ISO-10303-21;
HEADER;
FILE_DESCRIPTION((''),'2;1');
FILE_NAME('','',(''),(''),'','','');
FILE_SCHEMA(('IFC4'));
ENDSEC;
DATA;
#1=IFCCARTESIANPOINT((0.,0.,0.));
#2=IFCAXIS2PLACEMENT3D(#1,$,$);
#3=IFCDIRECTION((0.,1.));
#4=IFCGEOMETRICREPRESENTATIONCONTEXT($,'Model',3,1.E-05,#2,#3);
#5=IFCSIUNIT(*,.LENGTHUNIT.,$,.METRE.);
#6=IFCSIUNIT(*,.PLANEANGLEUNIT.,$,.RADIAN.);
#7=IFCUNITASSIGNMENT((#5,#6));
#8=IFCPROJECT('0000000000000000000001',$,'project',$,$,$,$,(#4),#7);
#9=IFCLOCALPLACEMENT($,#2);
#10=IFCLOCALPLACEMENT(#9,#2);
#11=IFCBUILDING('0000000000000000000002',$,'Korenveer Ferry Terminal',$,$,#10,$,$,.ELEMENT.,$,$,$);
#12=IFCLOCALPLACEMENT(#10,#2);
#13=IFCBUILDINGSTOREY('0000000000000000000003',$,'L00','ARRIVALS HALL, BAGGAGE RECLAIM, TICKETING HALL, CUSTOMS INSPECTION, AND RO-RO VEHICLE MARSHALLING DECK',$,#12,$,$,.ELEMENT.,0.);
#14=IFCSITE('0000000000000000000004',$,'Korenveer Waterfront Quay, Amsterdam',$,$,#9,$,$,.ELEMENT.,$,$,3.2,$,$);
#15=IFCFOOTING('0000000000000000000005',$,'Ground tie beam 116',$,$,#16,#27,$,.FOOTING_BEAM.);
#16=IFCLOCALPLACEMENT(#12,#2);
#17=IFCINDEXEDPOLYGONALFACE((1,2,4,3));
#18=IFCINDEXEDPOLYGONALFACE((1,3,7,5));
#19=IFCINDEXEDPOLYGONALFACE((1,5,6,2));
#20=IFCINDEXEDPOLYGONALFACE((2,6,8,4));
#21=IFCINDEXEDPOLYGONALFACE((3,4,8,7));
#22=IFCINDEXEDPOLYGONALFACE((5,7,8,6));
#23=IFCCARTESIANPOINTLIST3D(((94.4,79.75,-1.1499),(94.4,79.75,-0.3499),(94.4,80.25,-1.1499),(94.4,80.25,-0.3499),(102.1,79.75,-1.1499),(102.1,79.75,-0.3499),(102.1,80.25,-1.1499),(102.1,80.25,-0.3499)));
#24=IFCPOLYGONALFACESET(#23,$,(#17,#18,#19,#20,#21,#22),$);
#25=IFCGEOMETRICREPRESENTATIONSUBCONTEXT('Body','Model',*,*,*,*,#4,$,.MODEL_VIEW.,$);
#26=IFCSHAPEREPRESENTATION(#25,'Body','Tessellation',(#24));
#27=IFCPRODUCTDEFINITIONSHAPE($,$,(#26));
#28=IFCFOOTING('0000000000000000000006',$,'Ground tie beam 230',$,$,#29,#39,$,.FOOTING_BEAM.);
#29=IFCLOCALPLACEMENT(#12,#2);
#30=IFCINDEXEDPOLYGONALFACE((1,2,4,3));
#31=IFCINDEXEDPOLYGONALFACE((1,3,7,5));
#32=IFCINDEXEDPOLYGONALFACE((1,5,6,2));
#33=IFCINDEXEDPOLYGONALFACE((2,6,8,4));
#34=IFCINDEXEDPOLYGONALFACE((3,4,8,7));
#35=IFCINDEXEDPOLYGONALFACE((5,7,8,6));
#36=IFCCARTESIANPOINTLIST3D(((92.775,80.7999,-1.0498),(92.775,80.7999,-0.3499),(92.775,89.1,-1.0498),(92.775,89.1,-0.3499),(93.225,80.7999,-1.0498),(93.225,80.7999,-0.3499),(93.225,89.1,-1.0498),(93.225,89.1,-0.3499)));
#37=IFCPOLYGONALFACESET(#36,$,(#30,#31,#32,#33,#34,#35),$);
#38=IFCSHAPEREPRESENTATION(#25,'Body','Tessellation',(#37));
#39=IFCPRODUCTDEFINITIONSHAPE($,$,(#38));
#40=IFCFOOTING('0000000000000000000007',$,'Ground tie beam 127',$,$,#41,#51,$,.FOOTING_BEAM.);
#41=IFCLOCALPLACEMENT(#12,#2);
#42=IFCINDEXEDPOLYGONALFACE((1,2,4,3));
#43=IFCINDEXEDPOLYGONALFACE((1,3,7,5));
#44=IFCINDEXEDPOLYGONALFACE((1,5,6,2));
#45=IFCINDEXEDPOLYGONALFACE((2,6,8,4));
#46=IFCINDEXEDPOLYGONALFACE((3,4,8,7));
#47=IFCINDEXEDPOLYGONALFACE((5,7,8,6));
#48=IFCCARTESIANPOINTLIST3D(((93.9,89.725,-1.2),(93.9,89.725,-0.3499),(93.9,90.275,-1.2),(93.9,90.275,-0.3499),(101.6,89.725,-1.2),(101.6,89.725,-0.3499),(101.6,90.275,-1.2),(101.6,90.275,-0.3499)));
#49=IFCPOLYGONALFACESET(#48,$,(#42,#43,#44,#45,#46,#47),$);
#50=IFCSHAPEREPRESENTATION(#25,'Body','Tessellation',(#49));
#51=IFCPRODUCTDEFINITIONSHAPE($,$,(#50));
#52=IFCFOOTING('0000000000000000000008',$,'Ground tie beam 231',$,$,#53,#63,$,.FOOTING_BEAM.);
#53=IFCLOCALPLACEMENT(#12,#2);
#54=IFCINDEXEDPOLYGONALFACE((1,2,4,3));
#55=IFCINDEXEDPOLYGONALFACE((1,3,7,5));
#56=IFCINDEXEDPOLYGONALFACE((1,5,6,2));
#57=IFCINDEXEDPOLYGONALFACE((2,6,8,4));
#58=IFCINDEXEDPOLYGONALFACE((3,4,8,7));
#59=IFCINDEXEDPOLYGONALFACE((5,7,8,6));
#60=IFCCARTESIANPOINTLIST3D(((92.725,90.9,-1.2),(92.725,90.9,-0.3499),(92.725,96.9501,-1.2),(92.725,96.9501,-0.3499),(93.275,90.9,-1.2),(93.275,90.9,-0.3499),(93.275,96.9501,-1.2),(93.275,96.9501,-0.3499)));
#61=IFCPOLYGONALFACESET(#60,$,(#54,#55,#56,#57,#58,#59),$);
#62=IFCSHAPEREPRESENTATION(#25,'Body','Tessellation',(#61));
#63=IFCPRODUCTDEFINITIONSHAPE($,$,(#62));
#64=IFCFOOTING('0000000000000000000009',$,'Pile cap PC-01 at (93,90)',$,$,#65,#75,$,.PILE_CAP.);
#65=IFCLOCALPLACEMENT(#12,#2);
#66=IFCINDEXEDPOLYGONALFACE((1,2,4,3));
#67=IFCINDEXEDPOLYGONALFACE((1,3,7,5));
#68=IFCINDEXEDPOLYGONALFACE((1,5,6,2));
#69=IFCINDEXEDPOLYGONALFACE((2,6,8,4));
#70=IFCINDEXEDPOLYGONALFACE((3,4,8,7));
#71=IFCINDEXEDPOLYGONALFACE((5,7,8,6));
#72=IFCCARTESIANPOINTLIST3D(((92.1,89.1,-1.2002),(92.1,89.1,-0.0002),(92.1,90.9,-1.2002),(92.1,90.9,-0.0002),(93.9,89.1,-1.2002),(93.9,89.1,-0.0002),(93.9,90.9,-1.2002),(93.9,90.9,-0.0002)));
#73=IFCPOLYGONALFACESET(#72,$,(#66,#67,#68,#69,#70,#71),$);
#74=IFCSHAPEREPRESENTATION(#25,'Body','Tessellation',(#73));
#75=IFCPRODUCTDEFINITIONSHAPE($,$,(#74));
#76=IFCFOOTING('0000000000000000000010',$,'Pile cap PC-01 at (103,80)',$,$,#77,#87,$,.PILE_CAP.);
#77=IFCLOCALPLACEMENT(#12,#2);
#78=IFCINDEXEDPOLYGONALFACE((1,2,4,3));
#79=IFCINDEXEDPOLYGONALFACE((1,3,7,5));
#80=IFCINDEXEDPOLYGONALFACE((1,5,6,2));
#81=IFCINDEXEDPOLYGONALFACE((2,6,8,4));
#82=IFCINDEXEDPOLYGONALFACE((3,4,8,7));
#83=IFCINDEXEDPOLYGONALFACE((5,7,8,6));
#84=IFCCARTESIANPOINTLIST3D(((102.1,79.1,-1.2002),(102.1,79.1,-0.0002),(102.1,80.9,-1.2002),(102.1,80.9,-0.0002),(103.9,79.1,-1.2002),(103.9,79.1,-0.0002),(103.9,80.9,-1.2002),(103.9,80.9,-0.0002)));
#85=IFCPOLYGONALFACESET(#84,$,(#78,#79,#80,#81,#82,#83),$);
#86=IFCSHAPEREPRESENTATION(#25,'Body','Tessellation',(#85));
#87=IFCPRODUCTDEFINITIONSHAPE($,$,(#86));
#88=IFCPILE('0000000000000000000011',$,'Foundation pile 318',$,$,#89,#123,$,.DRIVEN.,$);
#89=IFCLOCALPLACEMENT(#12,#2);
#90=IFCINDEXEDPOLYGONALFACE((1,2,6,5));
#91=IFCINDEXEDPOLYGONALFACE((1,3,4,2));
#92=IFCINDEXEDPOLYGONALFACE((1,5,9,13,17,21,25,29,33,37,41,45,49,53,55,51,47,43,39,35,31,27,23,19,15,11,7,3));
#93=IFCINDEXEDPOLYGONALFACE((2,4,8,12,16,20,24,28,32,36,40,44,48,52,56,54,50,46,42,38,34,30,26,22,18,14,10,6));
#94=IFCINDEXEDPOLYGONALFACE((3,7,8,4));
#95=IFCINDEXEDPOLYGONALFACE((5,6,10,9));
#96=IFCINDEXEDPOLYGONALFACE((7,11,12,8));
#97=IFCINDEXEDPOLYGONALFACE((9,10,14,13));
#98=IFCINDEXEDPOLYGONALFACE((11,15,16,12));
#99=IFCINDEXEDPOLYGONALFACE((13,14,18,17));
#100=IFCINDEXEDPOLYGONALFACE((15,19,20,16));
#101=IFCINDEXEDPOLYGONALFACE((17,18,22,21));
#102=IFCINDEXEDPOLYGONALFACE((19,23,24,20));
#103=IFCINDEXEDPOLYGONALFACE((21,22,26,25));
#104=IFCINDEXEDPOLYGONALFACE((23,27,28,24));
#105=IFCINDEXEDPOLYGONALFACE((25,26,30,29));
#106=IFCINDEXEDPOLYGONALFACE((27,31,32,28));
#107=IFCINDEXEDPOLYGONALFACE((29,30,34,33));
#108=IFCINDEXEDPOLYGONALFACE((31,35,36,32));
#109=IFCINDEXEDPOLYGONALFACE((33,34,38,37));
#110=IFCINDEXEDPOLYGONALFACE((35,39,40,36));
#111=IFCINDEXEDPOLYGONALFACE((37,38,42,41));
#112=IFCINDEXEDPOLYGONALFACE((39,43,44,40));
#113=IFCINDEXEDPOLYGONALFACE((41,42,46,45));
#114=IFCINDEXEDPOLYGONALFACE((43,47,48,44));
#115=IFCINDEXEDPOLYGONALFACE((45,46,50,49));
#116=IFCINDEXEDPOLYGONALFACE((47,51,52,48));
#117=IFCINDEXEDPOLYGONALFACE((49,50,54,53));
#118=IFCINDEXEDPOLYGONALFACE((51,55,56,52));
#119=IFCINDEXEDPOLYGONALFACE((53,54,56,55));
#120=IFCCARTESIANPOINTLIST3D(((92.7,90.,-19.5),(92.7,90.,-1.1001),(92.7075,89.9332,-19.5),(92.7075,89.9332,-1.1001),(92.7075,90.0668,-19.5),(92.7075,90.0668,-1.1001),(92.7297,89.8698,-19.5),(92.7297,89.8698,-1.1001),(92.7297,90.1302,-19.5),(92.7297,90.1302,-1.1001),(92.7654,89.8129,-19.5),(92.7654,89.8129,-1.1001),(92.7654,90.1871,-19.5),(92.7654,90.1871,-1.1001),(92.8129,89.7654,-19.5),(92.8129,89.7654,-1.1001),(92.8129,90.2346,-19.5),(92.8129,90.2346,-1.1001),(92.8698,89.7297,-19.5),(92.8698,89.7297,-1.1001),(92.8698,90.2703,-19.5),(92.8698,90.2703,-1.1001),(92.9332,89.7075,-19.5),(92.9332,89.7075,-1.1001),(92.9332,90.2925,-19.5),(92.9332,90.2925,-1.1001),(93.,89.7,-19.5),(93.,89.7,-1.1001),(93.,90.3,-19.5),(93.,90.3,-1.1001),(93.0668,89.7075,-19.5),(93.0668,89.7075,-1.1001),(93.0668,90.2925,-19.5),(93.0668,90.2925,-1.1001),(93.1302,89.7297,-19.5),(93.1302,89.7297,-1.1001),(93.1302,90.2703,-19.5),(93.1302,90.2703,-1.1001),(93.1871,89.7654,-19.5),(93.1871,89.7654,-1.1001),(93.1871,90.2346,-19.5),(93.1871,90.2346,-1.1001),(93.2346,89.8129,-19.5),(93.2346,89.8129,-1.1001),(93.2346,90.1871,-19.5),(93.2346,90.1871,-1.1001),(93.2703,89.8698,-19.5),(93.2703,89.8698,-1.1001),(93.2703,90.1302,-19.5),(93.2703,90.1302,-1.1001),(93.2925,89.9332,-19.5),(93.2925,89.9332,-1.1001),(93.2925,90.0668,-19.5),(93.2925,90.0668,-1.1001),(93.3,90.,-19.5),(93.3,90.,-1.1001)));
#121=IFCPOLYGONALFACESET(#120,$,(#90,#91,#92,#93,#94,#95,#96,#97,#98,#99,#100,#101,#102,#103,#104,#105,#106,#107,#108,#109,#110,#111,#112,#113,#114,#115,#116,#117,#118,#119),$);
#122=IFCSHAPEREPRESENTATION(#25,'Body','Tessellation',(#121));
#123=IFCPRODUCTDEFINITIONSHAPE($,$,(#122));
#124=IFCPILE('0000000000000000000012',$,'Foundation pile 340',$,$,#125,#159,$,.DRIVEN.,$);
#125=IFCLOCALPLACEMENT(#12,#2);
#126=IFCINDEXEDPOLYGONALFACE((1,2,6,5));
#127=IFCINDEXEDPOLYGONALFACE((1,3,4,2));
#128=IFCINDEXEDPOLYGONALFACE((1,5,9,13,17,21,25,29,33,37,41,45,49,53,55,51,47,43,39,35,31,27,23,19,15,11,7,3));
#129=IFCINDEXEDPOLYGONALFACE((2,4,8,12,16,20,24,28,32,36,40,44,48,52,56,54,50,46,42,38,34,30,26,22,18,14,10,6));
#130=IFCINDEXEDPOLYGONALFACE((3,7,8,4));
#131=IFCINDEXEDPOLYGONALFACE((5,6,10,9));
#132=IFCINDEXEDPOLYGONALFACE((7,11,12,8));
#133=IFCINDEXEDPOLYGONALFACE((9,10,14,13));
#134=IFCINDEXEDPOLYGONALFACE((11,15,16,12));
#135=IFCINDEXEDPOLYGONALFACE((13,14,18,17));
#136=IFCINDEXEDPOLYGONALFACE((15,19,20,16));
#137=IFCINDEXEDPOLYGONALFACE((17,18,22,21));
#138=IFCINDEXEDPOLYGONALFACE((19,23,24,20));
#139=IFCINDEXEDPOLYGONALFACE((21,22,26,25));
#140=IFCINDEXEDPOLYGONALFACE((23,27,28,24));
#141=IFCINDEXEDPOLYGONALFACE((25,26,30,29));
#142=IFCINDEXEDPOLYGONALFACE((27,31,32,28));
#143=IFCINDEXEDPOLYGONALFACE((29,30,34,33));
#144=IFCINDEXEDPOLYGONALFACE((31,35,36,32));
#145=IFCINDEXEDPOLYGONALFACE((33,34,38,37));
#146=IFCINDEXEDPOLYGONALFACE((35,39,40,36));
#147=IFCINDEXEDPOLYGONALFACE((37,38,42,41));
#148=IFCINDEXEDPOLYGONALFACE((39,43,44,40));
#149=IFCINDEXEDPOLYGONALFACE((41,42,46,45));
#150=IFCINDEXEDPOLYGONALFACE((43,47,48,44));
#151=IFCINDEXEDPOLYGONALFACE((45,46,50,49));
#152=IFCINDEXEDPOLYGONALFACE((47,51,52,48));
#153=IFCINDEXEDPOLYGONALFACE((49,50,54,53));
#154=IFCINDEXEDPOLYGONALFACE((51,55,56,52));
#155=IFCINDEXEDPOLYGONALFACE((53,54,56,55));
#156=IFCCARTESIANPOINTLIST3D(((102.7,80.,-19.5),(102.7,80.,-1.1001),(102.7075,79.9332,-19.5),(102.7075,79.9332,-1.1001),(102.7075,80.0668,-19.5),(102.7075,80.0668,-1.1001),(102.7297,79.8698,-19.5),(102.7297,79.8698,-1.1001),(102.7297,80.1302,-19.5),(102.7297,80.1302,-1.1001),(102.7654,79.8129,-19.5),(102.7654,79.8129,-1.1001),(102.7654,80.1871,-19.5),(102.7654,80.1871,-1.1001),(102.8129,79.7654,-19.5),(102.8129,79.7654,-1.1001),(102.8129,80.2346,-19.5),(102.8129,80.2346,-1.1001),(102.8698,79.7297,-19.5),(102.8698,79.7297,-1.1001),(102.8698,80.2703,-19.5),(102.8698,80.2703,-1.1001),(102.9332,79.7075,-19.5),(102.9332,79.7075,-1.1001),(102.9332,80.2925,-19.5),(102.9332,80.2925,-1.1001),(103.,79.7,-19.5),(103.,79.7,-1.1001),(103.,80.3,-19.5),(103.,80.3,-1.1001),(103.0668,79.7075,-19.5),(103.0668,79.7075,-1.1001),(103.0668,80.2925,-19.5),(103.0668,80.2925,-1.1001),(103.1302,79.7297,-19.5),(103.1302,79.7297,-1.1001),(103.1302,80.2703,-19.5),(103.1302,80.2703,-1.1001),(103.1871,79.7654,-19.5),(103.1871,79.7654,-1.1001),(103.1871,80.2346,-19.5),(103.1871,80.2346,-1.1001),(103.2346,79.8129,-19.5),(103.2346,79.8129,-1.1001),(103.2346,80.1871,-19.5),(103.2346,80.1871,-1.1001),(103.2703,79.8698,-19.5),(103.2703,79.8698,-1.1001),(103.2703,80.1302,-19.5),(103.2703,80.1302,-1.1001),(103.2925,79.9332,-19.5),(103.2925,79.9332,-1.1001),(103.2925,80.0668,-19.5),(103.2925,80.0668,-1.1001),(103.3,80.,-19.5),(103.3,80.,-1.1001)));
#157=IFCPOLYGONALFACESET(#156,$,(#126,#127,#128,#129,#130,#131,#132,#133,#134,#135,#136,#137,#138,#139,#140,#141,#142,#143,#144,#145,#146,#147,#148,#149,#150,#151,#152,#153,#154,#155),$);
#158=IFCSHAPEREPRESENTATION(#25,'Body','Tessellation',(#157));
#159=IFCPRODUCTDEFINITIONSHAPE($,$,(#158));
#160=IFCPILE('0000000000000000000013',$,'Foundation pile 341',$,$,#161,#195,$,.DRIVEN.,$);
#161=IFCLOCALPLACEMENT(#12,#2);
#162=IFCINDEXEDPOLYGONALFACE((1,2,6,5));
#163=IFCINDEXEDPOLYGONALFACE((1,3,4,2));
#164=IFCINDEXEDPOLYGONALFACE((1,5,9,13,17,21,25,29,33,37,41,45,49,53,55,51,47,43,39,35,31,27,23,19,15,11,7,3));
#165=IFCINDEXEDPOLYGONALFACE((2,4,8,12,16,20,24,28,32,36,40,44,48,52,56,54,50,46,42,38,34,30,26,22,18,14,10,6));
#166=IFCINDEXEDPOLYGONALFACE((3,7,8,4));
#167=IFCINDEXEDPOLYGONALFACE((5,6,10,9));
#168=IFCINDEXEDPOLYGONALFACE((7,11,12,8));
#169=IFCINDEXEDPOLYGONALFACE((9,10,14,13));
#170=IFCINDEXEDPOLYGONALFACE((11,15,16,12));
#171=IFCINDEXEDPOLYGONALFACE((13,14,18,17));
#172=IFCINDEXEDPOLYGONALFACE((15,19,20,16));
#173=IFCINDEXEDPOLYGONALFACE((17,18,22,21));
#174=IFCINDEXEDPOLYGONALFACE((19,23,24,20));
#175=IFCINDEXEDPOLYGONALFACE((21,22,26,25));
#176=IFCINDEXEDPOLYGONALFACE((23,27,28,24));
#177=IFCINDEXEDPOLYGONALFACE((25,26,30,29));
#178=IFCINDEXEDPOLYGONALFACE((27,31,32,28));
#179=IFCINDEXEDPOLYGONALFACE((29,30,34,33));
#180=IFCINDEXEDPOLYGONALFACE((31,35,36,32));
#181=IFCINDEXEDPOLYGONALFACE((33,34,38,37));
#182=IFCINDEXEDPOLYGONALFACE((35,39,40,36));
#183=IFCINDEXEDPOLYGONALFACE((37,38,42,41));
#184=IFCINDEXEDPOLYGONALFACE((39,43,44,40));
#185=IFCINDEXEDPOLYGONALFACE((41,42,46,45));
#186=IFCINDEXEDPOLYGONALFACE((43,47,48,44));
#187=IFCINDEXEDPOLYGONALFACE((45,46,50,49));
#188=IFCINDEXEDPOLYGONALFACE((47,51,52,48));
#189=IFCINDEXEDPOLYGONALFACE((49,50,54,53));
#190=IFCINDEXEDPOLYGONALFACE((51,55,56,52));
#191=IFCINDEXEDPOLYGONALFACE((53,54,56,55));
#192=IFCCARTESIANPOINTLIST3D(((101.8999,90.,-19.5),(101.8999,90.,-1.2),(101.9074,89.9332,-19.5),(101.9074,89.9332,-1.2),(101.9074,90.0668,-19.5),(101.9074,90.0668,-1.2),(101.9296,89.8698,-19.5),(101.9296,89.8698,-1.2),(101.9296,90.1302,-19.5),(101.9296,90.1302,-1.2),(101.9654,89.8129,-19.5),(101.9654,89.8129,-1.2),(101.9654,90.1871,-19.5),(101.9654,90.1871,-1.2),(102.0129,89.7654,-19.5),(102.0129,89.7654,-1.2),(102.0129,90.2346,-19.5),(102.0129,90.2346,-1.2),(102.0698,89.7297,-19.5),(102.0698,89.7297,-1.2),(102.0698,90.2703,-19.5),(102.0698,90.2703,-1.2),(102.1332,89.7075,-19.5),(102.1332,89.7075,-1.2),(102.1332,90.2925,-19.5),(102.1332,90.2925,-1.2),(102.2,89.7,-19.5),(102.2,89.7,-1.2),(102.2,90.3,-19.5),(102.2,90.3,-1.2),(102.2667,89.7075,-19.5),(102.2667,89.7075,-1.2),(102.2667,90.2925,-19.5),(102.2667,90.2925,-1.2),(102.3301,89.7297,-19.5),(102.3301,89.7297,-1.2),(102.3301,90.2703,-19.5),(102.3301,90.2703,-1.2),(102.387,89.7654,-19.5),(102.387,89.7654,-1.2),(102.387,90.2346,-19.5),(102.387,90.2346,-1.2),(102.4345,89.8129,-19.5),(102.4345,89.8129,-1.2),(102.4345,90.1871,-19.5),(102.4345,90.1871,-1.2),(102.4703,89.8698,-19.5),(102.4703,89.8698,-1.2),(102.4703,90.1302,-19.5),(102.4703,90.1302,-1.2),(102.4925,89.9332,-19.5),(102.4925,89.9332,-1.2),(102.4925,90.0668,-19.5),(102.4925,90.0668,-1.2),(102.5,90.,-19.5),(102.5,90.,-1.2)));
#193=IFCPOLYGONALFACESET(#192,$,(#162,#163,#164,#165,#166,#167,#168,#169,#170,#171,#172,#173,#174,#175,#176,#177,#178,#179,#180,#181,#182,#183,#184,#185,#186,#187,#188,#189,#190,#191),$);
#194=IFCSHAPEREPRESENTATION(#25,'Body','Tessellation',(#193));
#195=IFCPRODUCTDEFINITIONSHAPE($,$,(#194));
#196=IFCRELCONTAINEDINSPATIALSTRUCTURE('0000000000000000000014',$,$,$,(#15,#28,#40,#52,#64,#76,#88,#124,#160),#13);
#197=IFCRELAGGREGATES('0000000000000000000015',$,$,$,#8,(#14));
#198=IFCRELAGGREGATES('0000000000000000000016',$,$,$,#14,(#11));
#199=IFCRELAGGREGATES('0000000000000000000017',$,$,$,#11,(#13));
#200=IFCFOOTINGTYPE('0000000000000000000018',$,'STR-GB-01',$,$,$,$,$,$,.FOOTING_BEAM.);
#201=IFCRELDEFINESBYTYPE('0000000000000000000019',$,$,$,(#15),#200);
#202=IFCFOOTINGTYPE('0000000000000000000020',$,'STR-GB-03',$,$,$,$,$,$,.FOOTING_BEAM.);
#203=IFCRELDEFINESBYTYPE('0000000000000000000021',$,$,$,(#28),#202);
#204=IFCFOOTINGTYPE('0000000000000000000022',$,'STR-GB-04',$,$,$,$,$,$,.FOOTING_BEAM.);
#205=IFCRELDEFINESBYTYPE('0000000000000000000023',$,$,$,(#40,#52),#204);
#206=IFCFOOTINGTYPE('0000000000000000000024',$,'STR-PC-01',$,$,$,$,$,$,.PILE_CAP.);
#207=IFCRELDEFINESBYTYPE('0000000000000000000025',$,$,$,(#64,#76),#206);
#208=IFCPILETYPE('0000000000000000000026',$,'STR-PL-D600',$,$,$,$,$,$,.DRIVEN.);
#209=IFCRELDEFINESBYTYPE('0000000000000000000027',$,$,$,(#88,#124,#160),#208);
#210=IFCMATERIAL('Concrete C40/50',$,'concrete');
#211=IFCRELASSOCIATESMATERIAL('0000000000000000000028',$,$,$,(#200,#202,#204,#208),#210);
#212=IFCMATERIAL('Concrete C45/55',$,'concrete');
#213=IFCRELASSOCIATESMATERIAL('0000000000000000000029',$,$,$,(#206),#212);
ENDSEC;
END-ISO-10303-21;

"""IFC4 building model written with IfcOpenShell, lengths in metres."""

from ifc_helpers import new_model, si_unit, direction, frame, origin, origin_2d, place, context, subcontext, project, spatial, rectangle, circle, extrude, material, material_profile, profile_set, type_object, element, save


model = new_model("IFC4")

# Units and contexts
model_context = context("Model", 3, precision=1e-05, world=origin(), true_north=direction((0.0, 1.0)))
body_context = subcontext(model_context, "Body", "Model", "MODEL_VIEW")
ifc_project = project(units=[si_unit("LENGTHUNIT", "METRE"), si_unit("PLANEANGLEUNIT", "RADIAN")], contexts=[model_context])

# Site, building, storey
site_placement = place(None, origin())
site = spatial("IfcSite", under=ifc_project, at=site_placement, Name="Korenveer Waterfront Quay, Amsterdam", CompositionType="ELEMENT", RefElevation=3.2)
building_placement = place(site_placement, origin())
building = spatial("IfcBuilding", under=site, at=building_placement, Name="Korenveer Ferry Terminal", CompositionType="ELEMENT")
storey_placement = place(building_placement, origin())
storey = spatial("IfcBuildingStorey", under=building, at=storey_placement, Name="L00", Description="ARRIVALS HALL, BAGGAGE RECLAIM, TICKETING HALL, CUSTOMS INSPECTION, AND RO-RO VEHICLE MARSHALLING DECK", CompositionType="ELEMENT", Elevation=0.0)

# Footings
ifc_material_1 = material(Name="Concrete C40/50", Category="concrete")
footing_type_1 = type_object("IfcFootingType", Name="STR-GB-01", PredefinedType="FOOTING_BEAM", material=ifc_material_1)
footing_1_placement = place(storey_placement, frame((98.25, 80.0, -1.1499), z_axis=(0.0, 0.0, 1.0), x_axis=(1.0, 0.0, 0.0)))
element("IfcFooting", 1, at=footing_1_placement, inside=storey, type_object=footing_type_1, Name="Ground tie beam 116", PredefinedType="FOOTING_BEAM", context=body_context, shape_type="SweptSolid", body=[
    extrude(rectangle(XDim=7.7, YDim=0.5, at=origin_2d()), origin(), (0.0, 0.0, 1.0), 0.8),
])
footing_type_2 = type_object("IfcFootingType", Name="STR-GB-03", PredefinedType="FOOTING_BEAM", material=ifc_material_1)
footing_2_placement = place(storey_placement, frame((93.0, 84.95, -1.0498), z_axis=(0.0, 0.0, 1.0), x_axis=(1.0, 0.0, 0.0)))
element("IfcFooting", 2, at=footing_2_placement, inside=storey, type_object=footing_type_2, Name="Ground tie beam 230", PredefinedType="FOOTING_BEAM", context=body_context, shape_type="SweptSolid", body=[
    extrude(rectangle(XDim=0.45, YDim=8.3, at=origin_2d()), origin(), (0.0, 0.0, 1.0), 0.7),
])
footing_type_3 = type_object("IfcFootingType", Name="STR-GB-04", PredefinedType="FOOTING_BEAM", material=ifc_material_1)
footing_3_placement = place(storey_placement, frame((97.75, 90.0, -1.2), z_axis=(0.0, 0.0, 1.0), x_axis=(1.0, 0.0, 0.0)))
element("IfcFooting", 3, at=footing_3_placement, inside=storey, type_object=footing_type_3, Name="Ground tie beam 127", PredefinedType="FOOTING_BEAM", context=body_context, shape_type="SweptSolid", body=[
    extrude(rectangle(XDim=7.7, YDim=0.55, at=origin_2d()), origin(), (0.0, 0.0, 1.0), 0.8501),
])
footing_4_placement = place(storey_placement, frame((93.0, 93.925, -1.2), z_axis=(0.0, 0.0, 1.0), x_axis=(1.0, 0.0, 0.0)))
element("IfcFooting", 4, at=footing_4_placement, inside=storey, type_object=footing_type_3, Name="Ground tie beam 231", PredefinedType="FOOTING_BEAM", context=body_context, shape_type="SweptSolid", body=[
    extrude(rectangle(XDim=0.55, YDim=6.05, at=origin_2d()), origin(), (0.0, 0.0, 1.0), 0.8501),
])
ifc_material_2 = material(Name="Concrete C45/55", Category="concrete")
footing_type_4 = type_object("IfcFootingType", Name="STR-PC-01", PredefinedType="PILE_CAP", material=ifc_material_2)
for number, where, z_axis, x_axis, name in (
    (5, (93.0, 90.0, -1.2002), (0.0, 0.0, 1.0), (1.0, 0.0, 0.0), "Pile cap PC-01 at (93,90)"),
    (6, (103.0, 80.0, -1.2002), (0.0, 0.0, 1.0), (1.0, 0.0, 0.0), "Pile cap PC-01 at (103,80)"),
):
    element("IfcFooting", number, at=place(storey_placement, frame(where, z_axis=z_axis, x_axis=x_axis)), inside=storey, type_object=footing_type_4, Name=name, PredefinedType="PILE_CAP", context=body_context, shape_type="SweptSolid", body=[
        extrude(rectangle(XDim=1.8, YDim=1.8, at=origin_2d()), origin(), (0.0, 0.0, 1.0), 1.2),
    ])

# Piles
ifc_material_profile_1 = material_profile(ifc_material_1, circle(Radius=0.3, at=origin_2d()), Name="PILE D600")
ifc_profile_set_1 = profile_set([ifc_material_profile_1], Name="Concrete C40/50")
pile_type_1 = type_object("IfcPileType", Name="STR-PL-D600", PredefinedType="DRIVEN", material=ifc_profile_set_1)
for number, where, z_axis, x_axis, name in (
    (7, (93.0, 90.0, -1.1001), (0.0, 0.0, -1.0), (1.0, 0.0, 0.0), "Foundation pile 318"),
    (8, (103.0, 80.0, -1.1001), (0.0, 0.0, -1.0), (1.0, 0.0, 0.0), "Foundation pile 340"),
):
    element("IfcPile", number, at=place(storey_placement, frame(where, z_axis=z_axis, x_axis=x_axis)), inside=storey, type_object=pile_type_1, Name=name, PredefinedType="DRIVEN", context=body_context, shape_type="SweptSolid", body=[
        extrude(circle(Radius=0.3, at=origin_2d()), origin(), (0.0, 0.0, 1.0), 18.3999),
    ])
pile_placement = place(storey_placement, frame((102.2, 90.0, -1.2), z_axis=(0.0, 0.0, -1.0), x_axis=(1.0, 0.0, 0.0)))
element("IfcPile", 9, at=pile_placement, inside=storey, type_object=pile_type_1, Name="Foundation pile 341", PredefinedType="DRIVEN", context=body_context, shape_type="SweptSolid", body=[
    extrude(circle(Radius=0.3, at=origin_2d()), origin(), (0.0, 0.0, 1.0), 18.3),
])

save(model, "model.ifc")
